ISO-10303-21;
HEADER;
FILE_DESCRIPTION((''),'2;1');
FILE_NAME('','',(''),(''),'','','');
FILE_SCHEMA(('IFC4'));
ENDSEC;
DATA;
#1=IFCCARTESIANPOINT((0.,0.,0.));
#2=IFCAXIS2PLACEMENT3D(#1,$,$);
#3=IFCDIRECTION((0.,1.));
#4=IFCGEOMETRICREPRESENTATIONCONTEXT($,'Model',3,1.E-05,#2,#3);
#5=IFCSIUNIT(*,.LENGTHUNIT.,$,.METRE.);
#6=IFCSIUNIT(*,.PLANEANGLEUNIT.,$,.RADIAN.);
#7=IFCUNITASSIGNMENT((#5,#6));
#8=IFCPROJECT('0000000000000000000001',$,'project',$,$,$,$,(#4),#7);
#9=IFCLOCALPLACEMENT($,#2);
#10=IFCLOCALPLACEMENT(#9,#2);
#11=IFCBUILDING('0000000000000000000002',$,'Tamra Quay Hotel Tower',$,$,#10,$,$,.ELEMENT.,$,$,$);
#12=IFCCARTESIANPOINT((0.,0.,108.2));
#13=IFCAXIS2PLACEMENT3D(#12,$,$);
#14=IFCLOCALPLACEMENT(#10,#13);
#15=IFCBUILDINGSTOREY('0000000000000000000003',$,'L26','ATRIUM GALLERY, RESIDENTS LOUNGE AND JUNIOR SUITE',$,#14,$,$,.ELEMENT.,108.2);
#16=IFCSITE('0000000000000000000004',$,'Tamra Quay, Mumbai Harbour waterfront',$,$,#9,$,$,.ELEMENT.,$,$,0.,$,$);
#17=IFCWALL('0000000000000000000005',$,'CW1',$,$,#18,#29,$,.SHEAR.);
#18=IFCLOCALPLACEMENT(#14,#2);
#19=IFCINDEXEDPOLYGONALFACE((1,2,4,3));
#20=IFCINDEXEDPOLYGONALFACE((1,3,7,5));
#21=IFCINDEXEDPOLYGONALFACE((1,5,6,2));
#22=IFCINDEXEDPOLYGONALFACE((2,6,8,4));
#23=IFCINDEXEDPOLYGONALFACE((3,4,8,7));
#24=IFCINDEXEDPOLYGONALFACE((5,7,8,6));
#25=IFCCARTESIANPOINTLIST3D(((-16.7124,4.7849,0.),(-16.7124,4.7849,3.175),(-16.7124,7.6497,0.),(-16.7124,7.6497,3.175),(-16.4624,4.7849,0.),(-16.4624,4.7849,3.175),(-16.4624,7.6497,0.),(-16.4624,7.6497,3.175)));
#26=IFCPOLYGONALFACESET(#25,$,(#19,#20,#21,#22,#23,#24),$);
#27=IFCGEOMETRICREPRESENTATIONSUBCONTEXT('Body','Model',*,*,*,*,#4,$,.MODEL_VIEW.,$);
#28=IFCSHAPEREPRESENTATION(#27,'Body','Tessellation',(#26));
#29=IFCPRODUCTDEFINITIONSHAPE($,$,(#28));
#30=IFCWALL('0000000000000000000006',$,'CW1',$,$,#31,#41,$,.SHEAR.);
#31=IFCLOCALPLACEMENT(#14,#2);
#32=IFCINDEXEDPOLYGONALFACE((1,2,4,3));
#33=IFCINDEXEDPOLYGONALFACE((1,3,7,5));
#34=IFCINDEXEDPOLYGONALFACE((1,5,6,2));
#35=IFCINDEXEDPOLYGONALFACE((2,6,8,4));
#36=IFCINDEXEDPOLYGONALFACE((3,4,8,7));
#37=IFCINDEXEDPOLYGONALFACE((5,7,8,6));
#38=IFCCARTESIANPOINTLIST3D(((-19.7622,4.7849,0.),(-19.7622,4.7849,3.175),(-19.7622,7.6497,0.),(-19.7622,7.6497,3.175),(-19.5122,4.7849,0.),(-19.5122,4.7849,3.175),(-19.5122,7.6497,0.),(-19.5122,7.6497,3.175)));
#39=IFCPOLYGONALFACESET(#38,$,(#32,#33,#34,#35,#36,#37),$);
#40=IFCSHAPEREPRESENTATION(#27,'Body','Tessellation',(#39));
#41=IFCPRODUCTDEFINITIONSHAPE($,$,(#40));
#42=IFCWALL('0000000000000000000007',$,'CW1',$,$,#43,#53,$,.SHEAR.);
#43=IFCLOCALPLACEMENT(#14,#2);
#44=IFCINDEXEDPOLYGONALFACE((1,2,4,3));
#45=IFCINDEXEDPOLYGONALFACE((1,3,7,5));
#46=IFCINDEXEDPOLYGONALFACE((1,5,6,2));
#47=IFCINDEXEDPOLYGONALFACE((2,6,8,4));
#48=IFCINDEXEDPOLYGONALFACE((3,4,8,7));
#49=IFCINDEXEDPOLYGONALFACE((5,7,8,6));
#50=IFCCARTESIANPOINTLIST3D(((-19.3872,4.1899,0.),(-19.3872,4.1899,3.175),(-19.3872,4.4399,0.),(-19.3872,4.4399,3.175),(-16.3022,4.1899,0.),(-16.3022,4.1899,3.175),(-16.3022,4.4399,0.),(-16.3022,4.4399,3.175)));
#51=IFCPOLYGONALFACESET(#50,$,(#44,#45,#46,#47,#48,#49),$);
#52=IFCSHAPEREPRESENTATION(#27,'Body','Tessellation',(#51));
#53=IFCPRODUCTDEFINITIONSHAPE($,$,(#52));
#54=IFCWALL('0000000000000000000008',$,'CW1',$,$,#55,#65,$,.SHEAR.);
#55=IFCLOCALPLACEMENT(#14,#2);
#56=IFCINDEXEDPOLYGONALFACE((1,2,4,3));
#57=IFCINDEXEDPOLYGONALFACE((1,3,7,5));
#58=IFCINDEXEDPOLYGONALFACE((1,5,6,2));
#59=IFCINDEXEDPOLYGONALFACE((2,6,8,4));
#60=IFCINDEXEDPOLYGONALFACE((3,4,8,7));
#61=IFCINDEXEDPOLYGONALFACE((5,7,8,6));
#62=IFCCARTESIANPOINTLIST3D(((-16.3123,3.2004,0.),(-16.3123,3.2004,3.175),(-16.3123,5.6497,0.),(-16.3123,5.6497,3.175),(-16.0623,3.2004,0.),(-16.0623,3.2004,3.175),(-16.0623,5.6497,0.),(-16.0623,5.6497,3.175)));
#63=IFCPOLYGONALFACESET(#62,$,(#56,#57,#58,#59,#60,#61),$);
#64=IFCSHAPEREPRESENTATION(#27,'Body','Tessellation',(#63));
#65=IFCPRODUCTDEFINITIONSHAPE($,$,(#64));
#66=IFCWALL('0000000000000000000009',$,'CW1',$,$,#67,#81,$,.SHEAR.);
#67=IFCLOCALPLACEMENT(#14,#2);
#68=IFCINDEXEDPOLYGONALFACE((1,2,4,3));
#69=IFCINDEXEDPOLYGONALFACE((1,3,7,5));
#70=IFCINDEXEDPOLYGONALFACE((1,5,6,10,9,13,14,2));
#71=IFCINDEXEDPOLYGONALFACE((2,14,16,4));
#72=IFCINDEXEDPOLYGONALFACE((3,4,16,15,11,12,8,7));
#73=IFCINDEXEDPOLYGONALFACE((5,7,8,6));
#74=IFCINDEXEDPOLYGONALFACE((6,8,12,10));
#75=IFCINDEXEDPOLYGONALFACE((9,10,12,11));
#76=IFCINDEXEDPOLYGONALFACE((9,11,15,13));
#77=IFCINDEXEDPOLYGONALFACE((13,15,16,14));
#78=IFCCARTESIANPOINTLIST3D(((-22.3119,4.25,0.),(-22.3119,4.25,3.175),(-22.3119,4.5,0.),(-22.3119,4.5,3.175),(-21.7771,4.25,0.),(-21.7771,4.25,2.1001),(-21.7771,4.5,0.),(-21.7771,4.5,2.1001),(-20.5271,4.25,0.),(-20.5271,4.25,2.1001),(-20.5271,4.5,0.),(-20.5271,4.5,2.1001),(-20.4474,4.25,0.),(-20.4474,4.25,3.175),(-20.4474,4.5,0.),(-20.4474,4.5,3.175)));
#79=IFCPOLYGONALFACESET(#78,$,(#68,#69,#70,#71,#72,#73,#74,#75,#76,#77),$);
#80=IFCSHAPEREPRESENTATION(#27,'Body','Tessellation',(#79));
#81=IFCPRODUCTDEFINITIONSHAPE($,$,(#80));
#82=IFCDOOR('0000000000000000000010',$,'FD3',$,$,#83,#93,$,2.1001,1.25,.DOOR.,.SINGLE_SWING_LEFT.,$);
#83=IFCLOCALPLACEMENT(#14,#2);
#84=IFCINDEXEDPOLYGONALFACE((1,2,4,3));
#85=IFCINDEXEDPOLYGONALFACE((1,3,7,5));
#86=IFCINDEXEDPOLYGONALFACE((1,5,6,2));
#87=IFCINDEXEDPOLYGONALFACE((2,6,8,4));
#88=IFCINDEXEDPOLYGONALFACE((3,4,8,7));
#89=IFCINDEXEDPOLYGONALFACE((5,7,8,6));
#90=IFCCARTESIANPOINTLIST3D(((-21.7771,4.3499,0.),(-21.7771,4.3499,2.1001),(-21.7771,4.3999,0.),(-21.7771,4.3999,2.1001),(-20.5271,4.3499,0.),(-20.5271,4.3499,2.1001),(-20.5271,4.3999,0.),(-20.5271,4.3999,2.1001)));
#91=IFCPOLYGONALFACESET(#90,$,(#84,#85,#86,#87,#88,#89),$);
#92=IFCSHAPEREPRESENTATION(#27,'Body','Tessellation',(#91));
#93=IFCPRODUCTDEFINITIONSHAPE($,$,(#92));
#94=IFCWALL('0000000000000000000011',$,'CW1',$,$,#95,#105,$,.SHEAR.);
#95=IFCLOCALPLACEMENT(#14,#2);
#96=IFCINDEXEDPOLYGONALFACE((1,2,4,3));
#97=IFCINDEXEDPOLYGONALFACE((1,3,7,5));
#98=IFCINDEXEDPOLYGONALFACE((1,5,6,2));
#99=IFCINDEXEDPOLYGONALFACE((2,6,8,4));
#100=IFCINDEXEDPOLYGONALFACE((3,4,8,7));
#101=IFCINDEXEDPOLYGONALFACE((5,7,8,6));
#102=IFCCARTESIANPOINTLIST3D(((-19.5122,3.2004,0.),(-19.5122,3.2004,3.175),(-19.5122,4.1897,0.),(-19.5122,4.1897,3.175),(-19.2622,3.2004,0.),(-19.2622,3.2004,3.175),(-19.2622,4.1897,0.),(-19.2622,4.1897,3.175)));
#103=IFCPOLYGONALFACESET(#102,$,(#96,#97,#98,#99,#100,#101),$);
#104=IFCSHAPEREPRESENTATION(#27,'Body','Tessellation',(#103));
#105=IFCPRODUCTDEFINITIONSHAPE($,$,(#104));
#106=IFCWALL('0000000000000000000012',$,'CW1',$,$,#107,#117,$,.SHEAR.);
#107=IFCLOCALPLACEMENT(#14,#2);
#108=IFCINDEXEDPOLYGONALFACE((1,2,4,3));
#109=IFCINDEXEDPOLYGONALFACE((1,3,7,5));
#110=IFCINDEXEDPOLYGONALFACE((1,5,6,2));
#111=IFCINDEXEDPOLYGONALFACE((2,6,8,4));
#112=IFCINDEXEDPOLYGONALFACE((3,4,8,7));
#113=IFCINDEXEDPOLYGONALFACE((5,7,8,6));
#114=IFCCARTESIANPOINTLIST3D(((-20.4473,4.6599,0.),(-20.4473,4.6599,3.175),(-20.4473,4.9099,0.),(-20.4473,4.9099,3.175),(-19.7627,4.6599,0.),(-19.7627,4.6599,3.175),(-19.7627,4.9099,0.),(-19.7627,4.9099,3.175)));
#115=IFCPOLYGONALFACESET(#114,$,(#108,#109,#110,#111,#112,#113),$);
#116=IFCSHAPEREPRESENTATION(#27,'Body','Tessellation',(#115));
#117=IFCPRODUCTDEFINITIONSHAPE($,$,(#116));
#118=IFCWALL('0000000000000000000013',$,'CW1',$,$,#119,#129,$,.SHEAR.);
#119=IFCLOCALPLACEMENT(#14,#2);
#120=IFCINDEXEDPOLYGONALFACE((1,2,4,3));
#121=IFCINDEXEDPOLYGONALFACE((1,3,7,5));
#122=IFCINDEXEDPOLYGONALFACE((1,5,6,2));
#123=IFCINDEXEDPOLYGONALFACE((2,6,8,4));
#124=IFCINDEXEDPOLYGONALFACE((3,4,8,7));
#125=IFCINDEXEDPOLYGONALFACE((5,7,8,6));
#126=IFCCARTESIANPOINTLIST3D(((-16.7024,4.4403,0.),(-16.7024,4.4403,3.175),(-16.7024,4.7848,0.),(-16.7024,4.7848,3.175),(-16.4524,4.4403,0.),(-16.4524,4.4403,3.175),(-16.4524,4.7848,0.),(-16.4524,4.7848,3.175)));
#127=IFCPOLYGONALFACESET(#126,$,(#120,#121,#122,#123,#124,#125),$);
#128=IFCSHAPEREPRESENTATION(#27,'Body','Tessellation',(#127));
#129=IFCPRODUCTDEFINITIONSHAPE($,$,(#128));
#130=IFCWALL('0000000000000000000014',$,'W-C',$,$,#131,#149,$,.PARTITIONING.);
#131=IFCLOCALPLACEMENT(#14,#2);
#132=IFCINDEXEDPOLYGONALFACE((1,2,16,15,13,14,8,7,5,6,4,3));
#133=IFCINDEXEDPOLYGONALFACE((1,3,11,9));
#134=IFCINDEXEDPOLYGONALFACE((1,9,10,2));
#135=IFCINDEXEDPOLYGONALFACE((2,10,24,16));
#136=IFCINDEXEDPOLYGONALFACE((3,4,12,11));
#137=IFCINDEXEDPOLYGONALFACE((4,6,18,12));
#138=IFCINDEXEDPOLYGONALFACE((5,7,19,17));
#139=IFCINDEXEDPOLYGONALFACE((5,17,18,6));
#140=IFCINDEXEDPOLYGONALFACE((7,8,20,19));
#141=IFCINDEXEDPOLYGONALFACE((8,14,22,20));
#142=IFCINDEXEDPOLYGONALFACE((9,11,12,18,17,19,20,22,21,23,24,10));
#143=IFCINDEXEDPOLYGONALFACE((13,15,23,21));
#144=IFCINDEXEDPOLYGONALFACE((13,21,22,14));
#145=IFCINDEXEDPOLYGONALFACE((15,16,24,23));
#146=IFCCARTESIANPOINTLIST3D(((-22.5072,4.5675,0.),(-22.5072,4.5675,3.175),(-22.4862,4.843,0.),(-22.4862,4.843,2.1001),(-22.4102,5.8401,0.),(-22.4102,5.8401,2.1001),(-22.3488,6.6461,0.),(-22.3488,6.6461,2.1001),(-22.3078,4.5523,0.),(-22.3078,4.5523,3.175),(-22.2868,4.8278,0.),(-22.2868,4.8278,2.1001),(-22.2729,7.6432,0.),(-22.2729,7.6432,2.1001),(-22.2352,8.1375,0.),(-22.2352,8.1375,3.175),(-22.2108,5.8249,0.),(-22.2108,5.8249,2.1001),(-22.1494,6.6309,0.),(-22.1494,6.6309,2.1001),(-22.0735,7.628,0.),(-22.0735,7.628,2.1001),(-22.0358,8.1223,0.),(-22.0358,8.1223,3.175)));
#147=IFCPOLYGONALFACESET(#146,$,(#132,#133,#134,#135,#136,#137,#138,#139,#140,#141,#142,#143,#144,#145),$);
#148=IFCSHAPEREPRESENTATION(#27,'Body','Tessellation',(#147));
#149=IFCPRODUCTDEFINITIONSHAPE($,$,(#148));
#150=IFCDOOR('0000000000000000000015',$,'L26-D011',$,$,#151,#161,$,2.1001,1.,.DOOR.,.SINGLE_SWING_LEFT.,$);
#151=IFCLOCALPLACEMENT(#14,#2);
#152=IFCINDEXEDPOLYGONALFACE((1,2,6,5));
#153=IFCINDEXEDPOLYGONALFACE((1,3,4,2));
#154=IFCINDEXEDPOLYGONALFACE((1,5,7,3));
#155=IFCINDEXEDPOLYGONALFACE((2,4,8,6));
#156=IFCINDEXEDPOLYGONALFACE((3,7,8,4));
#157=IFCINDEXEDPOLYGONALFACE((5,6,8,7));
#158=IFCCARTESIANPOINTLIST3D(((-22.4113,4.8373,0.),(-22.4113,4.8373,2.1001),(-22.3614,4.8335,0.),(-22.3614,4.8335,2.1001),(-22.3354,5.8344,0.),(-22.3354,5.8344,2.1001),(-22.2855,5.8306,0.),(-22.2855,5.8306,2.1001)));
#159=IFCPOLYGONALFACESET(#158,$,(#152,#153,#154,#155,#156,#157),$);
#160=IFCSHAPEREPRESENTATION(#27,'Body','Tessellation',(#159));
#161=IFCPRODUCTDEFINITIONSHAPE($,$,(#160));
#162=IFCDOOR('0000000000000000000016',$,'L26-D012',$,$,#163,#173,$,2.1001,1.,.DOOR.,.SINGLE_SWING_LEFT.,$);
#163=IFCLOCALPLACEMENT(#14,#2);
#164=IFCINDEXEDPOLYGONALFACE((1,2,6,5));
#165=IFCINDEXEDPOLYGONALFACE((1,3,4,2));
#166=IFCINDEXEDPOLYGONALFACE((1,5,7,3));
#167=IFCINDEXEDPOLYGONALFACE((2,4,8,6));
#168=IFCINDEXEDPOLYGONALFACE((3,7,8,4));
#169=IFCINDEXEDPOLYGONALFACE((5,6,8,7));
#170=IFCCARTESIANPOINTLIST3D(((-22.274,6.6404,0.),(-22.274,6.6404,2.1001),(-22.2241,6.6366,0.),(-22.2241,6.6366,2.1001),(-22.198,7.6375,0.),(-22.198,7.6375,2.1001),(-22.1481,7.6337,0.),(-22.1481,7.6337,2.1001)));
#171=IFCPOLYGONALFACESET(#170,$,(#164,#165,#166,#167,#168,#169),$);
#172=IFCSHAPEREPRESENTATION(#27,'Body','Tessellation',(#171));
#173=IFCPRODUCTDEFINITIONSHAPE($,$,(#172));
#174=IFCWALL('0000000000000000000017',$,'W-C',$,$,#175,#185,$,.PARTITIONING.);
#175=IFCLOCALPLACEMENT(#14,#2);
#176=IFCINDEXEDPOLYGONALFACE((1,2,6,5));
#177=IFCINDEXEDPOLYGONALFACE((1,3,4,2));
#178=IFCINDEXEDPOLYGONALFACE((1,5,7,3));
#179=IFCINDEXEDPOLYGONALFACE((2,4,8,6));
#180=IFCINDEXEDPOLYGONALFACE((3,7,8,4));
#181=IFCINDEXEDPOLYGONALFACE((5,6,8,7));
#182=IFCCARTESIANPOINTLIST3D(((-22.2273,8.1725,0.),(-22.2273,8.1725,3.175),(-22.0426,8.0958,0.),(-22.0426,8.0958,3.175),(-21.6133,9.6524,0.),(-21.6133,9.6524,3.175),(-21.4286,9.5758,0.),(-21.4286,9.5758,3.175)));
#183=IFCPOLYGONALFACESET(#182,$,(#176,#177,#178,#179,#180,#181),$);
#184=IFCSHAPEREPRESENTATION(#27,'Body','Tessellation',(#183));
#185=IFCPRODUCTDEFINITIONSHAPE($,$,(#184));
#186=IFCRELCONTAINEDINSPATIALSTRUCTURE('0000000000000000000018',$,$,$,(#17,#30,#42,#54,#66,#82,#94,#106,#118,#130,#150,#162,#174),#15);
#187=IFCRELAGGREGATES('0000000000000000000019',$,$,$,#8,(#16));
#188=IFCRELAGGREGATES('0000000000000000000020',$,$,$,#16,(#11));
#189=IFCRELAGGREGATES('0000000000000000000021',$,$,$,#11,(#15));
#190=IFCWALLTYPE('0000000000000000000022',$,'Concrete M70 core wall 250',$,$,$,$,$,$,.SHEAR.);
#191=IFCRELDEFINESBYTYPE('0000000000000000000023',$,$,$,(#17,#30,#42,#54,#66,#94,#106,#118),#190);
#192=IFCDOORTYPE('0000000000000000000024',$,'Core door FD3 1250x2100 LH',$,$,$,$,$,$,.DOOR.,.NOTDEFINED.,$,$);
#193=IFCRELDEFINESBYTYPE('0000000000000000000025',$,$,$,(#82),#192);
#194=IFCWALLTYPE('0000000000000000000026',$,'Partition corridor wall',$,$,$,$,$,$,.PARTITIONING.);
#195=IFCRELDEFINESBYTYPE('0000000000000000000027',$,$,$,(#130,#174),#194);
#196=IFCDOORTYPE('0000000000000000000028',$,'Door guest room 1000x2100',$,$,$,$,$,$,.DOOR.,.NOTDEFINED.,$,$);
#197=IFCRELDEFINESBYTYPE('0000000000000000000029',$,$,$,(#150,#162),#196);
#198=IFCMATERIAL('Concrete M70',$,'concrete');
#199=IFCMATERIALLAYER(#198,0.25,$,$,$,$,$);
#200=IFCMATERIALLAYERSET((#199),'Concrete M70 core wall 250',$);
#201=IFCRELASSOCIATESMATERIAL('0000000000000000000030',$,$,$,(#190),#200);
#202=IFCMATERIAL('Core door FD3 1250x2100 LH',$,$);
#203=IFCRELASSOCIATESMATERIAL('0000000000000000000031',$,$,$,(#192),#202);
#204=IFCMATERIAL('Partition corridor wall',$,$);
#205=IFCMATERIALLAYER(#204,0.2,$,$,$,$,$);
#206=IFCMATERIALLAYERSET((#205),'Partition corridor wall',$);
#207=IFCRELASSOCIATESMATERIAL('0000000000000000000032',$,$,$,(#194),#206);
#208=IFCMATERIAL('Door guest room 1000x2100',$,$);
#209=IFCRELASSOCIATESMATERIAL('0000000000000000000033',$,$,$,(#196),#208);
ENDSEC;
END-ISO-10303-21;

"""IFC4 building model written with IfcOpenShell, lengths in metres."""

from ifc_helpers import new_model, si_unit, direction, frame, frame_2d, origin, place, context, subcontext, project, spatial, rectangle, extrude, material, layer, layer_set, type_object, element, fill, save


model = new_model("IFC4")

# Units and contexts
model_context = context("Model", 3, precision=1e-05, world=origin(), true_north=direction((0.0, 1.0)))
body_context = subcontext(model_context, "Body", "Model", "MODEL_VIEW")
ifc_project = project(units=[si_unit("LENGTHUNIT", "METRE"), si_unit("PLANEANGLEUNIT", "RADIAN")], contexts=[model_context])

# Site, building, storey
site_placement = place(None, origin())
site = spatial("IfcSite", under=ifc_project, at=site_placement, Name="Tamra Quay, Mumbai Harbour waterfront", CompositionType="ELEMENT", RefElevation=0.0)
building_placement = place(site_placement, origin())
building = spatial("IfcBuilding", under=site, at=building_placement, Name="Tamra Quay Hotel Tower", CompositionType="ELEMENT")
storey_placement = place(building_placement, frame((0.0, 0.0, 108.2)))
storey = spatial("IfcBuildingStorey", under=building, at=storey_placement, Name="L26", Description="ATRIUM GALLERY, RESIDENTS LOUNGE AND JUNIOR SUITE", CompositionType="ELEMENT", Elevation=108.2)

# Shared definitions
ifc_material_1 = material(Name="Concrete M70", Category="concrete")

# Walls
ifc_layer_1 = layer(ifc_material_1, 0.25)
ifc_layer_set_1 = layer_set([ifc_layer_1], Name="Concrete M70 core wall 250")
wall_type_1 = type_object("IfcWallType", Name="Concrete M70 core wall 250", PredefinedType="SHEAR", material=ifc_layer_set_1)
for number, where, z_axis, x_axis, name in (
    (1, (-16.5874, 7.6497, 0.0), (0.0, 0.0, 1.0), (0.0, -1.0, 0.0), "CW1"),
    (2, (-19.6372, 4.7849, 0.0), (0.0, 0.0, 1.0), (0.0, 1.0, 0.0), "CW1"),
):
    element("IfcWall", number, at=place(storey_placement, frame(where, z_axis=z_axis, x_axis=x_axis)), inside=storey, type_object=wall_type_1, Name=name, PredefinedType="SHEAR", context=body_context, shape_type="SweptSolid", body=[
        extrude(rectangle(XDim=2.8647, YDim=0.25, at=frame_2d((1.4324, 0.0))), origin(), (0.0, 0.0, 1.0), 3.175),
    ])
wall_1_placement = place(storey_placement, frame((-16.3022, 4.3149, 0.0), z_axis=(0.0, 0.0, 1.0), x_axis=(-1.0, 0.0, 0.0)))
element("IfcWall", 3, at=wall_1_placement, inside=storey, type_object=wall_type_1, Name="CW1", PredefinedType="SHEAR", context=body_context, shape_type="SweptSolid", body=[
    extrude(rectangle(XDim=3.085, YDim=0.25, at=frame_2d((1.5425, 0.0))), origin(), (0.0, 0.0, 1.0), 3.175),
])
wall_2_placement = place(storey_placement, frame((-16.1873, 3.2004, 0.0), z_axis=(0.0, 0.0, 1.0), x_axis=(0.0, 1.0, 0.0)))
element("IfcWall", 4, at=wall_2_placement, inside=storey, type_object=wall_type_1, Name="CW1", PredefinedType="SHEAR", context=body_context, shape_type="SweptSolid", body=[
    extrude(rectangle(XDim=2.4492, YDim=0.25, at=frame_2d((1.2246, 0.0))), origin(), (0.0, 0.0, 1.0), 3.175),
])

# Wall, opening, door
wall_3_placement = place(storey_placement, frame((-22.3118, 4.375, 0.0), z_axis=(0.0, 0.0, 1.0), x_axis=(1.0, 0.0, 0.0)))
wall_3 = element("IfcWall", 5, at=wall_3_placement, inside=storey, type_object=wall_type_1, Name="CW1", PredefinedType="SHEAR", context=body_context, shape_type="SweptSolid", body=[
    extrude(rectangle(XDim=1.8645, YDim=0.25, at=frame_2d((0.9321, 0.0))), origin(), (0.0, 0.0, 1.0), 3.175),
])
opening_1_placement = place(wall_3_placement, frame((0.5347, 0.0, 0.0)))
opening_1 = element("IfcOpeningElement", 6, at=opening_1_placement, cuts=wall_3, PredefinedType="OPENING", context=body_context, shape_type="SweptSolid", body=[
    extrude(rectangle(XDim=1.25, YDim=2.1001, at=frame_2d((0.625, 1.05))), frame((0.0, 0.135, 0.0), z_axis=(0.0, -1.0, 0.0), x_axis=(1.0, 0.0, 0.0)), (0.0, 0.0, 1.0), 0.27),
])
ifc_material_2 = material(Name="Core door FD3 1250x2100 LH")
door_type_1 = type_object("IfcDoorType", Name="Core door FD3 1250x2100 LH", OperationType="NOTDEFINED", PredefinedType="DOOR", material=ifc_material_2)
door_1_placement = place(opening_1_placement, origin())
door_1 = element("IfcDoor", 7, at=door_1_placement, inside=storey, type_object=door_type_1, Name="FD3", OperationType="SINGLE_SWING_LEFT", OverallHeight=2.1001, OverallWidth=1.25, PredefinedType="DOOR", context=body_context, shape_type="SweptSolid", body=[
    extrude(rectangle(XDim=1.25, YDim=2.1001, at=frame_2d((0.625, 1.05))), frame((0.0, 0.0249, 0.0), z_axis=(0.0, -1.0, 0.0), x_axis=(1.0, 0.0, 0.0)), (0.0, 0.0, 1.0), 0.05),
])
fill(opening_1, door_1)

# Walls
wall_4_placement = place(storey_placement, frame((-19.3872, 4.1897, 0.0), z_axis=(0.0, 0.0, 1.0), x_axis=(0.0, -1.0, 0.0)))
element("IfcWall", 8, at=wall_4_placement, inside=storey, type_object=wall_type_1, Name="CW1", PredefinedType="SHEAR", context=body_context, shape_type="SweptSolid", body=[
    extrude(rectangle(XDim=0.9893, YDim=0.25, at=frame_2d((0.4946, 0.0))), origin(), (0.0, 0.0, 1.0), 3.175),
])
wall_5_placement = place(storey_placement, frame((-20.4473, 4.7849, 0.0), z_axis=(0.0, 0.0, 1.0), x_axis=(1.0, 0.0, 0.0)))
element("IfcWall", 9, at=wall_5_placement, inside=storey, type_object=wall_type_1, Name="CW1", PredefinedType="SHEAR", context=body_context, shape_type="SweptSolid", body=[
    extrude(rectangle(XDim=0.6846, YDim=0.25, at=frame_2d((0.3423, 0.0))), origin(), (0.0, 0.0, 1.0), 3.175),
])
wall_6_placement = place(storey_placement, frame((-16.5774, 4.7849, 0.0), z_axis=(0.0, 0.0, 1.0), x_axis=(0.0, -1.0, 0.0)))
element("IfcWall", 10, at=wall_6_placement, inside=storey, type_object=wall_type_1, Name="CW1", PredefinedType="SHEAR", context=body_context, shape_type="SweptSolid", body=[
    extrude(rectangle(XDim=0.3445, YDim=0.25, at=frame_2d((0.1724, 0.0))), origin(), (0.0, 0.0, 1.0), 3.175),
])

# Wall, openings, doors
ifc_material_3 = material(Name="Partition corridor wall")
ifc_layer_2 = layer(ifc_material_3, 0.2)
ifc_layer_set_2 = layer_set([ifc_layer_2], Name="Partition corridor wall")
wall_type_2 = type_object("IfcWallType", Name="Partition corridor wall", PredefinedType="PARTITIONING", material=ifc_layer_set_2)
wall_7_placement = place(storey_placement, frame((-22.4075, 4.5601, 0.0), z_axis=(0.0, 0.0, 1.0), x_axis=(0.075961, 0.997111, 0.0)))
wall_7 = element("IfcWall", 11, at=wall_7_placement, inside=storey, type_object=wall_type_2, Name="W-C", PredefinedType="PARTITIONING", context=body_context, shape_type="SweptSolid", body=[
    extrude(rectangle(XDim=3.5803, YDim=0.2, at=frame_2d((1.79, 0.0))), origin(), (0.0, 0.0, 1.0), 3.175),
])
opening_2_placement = place(wall_7_placement, frame((0.2761, 0.0, 0.0)))
opening_2 = element("IfcOpeningElement", 12, at=opening_2_placement, cuts=wall_7, PredefinedType="OPENING", context=body_context, shape_type="SweptSolid", body=[
    extrude(rectangle(XDim=1.0, YDim=2.1001, at=frame_2d((0.5, 1.05))), frame((0.0, 0.1099, 0.0), z_axis=(0.0, -1.0, 0.0), x_axis=(1.0, 0.0, 0.0)), (0.0, 0.0, 1.0), 0.22),
])
opening_3_placement = place(wall_7_placement, frame((2.0845, 0.0, 0.0)))
opening_3 = element("IfcOpeningElement", 13, at=opening_3_placement, cuts=wall_7, PredefinedType="OPENING", context=body_context, shape_type="SweptSolid", body=[
    extrude(rectangle(XDim=1.0, YDim=2.1001, at=frame_2d((0.5, 1.05))), frame((0.0, 0.1099, 0.0), z_axis=(0.0, -1.0, 0.0), x_axis=(1.0, 0.0, 0.0)), (0.0, 0.0, 1.0), 0.22),
])
ifc_material_4 = material(Name="Door guest room 1000x2100")
door_type_2 = type_object("IfcDoorType", Name="Door guest room 1000x2100", OperationType="NOTDEFINED", PredefinedType="DOOR", material=ifc_material_4)
door_2_placement = place(opening_2_placement, origin())
door_2 = element("IfcDoor", 14, at=door_2_placement, inside=storey, type_object=door_type_2, Name="L26-D011", OperationType="SINGLE_SWING_LEFT", OverallHeight=2.1001, OverallWidth=1.0, PredefinedType="DOOR", context=body_context, shape_type="SweptSolid", body=[
    extrude(rectangle(XDim=1.0, YDim=2.1001, at=frame_2d((0.5, 1.05))), frame((0.0, 0.0249, 0.0), z_axis=(0.0, -1.0, 0.0), x_axis=(1.0, 0.0, 0.0)), (0.0, 0.0, 1.0), 0.05),
])
fill(opening_2, door_2)
door_3_placement = place(opening_3_placement, origin())
door_3 = element("IfcDoor", 15, at=door_3_placement, inside=storey, type_object=door_type_2, Name="L26-D012", OperationType="SINGLE_SWING_LEFT", OverallHeight=2.1001, OverallWidth=1.0, PredefinedType="DOOR", context=body_context, shape_type="SweptSolid", body=[
    extrude(rectangle(XDim=1.0, YDim=2.1001, at=frame_2d((0.5, 1.05))), frame((0.0, 0.0249, 0.0), z_axis=(0.0, -1.0, 0.0), x_axis=(1.0, 0.0, 0.0)), (0.0, 0.0, 1.0), 0.05),
])
fill(opening_3, door_3)

# Wall
wall_8_placement = place(storey_placement, frame((-22.135, 8.134, 0.0), z_axis=(0.0, 0.0, 1.0), x_axis=(0.383208, 0.923662, 0.0)))
element("IfcWall", 16, at=wall_8_placement, inside=storey, type_object=wall_type_2, Name="W-C", PredefinedType="PARTITIONING", context=body_context, shape_type="SweptSolid", body=[
    extrude(rectangle(XDim=1.6023, YDim=0.2, at=frame_2d((0.8013, 0.0))), origin(), (0.0, 0.0, 1.0), 3.175),
])

save(model, "model.ifc")
